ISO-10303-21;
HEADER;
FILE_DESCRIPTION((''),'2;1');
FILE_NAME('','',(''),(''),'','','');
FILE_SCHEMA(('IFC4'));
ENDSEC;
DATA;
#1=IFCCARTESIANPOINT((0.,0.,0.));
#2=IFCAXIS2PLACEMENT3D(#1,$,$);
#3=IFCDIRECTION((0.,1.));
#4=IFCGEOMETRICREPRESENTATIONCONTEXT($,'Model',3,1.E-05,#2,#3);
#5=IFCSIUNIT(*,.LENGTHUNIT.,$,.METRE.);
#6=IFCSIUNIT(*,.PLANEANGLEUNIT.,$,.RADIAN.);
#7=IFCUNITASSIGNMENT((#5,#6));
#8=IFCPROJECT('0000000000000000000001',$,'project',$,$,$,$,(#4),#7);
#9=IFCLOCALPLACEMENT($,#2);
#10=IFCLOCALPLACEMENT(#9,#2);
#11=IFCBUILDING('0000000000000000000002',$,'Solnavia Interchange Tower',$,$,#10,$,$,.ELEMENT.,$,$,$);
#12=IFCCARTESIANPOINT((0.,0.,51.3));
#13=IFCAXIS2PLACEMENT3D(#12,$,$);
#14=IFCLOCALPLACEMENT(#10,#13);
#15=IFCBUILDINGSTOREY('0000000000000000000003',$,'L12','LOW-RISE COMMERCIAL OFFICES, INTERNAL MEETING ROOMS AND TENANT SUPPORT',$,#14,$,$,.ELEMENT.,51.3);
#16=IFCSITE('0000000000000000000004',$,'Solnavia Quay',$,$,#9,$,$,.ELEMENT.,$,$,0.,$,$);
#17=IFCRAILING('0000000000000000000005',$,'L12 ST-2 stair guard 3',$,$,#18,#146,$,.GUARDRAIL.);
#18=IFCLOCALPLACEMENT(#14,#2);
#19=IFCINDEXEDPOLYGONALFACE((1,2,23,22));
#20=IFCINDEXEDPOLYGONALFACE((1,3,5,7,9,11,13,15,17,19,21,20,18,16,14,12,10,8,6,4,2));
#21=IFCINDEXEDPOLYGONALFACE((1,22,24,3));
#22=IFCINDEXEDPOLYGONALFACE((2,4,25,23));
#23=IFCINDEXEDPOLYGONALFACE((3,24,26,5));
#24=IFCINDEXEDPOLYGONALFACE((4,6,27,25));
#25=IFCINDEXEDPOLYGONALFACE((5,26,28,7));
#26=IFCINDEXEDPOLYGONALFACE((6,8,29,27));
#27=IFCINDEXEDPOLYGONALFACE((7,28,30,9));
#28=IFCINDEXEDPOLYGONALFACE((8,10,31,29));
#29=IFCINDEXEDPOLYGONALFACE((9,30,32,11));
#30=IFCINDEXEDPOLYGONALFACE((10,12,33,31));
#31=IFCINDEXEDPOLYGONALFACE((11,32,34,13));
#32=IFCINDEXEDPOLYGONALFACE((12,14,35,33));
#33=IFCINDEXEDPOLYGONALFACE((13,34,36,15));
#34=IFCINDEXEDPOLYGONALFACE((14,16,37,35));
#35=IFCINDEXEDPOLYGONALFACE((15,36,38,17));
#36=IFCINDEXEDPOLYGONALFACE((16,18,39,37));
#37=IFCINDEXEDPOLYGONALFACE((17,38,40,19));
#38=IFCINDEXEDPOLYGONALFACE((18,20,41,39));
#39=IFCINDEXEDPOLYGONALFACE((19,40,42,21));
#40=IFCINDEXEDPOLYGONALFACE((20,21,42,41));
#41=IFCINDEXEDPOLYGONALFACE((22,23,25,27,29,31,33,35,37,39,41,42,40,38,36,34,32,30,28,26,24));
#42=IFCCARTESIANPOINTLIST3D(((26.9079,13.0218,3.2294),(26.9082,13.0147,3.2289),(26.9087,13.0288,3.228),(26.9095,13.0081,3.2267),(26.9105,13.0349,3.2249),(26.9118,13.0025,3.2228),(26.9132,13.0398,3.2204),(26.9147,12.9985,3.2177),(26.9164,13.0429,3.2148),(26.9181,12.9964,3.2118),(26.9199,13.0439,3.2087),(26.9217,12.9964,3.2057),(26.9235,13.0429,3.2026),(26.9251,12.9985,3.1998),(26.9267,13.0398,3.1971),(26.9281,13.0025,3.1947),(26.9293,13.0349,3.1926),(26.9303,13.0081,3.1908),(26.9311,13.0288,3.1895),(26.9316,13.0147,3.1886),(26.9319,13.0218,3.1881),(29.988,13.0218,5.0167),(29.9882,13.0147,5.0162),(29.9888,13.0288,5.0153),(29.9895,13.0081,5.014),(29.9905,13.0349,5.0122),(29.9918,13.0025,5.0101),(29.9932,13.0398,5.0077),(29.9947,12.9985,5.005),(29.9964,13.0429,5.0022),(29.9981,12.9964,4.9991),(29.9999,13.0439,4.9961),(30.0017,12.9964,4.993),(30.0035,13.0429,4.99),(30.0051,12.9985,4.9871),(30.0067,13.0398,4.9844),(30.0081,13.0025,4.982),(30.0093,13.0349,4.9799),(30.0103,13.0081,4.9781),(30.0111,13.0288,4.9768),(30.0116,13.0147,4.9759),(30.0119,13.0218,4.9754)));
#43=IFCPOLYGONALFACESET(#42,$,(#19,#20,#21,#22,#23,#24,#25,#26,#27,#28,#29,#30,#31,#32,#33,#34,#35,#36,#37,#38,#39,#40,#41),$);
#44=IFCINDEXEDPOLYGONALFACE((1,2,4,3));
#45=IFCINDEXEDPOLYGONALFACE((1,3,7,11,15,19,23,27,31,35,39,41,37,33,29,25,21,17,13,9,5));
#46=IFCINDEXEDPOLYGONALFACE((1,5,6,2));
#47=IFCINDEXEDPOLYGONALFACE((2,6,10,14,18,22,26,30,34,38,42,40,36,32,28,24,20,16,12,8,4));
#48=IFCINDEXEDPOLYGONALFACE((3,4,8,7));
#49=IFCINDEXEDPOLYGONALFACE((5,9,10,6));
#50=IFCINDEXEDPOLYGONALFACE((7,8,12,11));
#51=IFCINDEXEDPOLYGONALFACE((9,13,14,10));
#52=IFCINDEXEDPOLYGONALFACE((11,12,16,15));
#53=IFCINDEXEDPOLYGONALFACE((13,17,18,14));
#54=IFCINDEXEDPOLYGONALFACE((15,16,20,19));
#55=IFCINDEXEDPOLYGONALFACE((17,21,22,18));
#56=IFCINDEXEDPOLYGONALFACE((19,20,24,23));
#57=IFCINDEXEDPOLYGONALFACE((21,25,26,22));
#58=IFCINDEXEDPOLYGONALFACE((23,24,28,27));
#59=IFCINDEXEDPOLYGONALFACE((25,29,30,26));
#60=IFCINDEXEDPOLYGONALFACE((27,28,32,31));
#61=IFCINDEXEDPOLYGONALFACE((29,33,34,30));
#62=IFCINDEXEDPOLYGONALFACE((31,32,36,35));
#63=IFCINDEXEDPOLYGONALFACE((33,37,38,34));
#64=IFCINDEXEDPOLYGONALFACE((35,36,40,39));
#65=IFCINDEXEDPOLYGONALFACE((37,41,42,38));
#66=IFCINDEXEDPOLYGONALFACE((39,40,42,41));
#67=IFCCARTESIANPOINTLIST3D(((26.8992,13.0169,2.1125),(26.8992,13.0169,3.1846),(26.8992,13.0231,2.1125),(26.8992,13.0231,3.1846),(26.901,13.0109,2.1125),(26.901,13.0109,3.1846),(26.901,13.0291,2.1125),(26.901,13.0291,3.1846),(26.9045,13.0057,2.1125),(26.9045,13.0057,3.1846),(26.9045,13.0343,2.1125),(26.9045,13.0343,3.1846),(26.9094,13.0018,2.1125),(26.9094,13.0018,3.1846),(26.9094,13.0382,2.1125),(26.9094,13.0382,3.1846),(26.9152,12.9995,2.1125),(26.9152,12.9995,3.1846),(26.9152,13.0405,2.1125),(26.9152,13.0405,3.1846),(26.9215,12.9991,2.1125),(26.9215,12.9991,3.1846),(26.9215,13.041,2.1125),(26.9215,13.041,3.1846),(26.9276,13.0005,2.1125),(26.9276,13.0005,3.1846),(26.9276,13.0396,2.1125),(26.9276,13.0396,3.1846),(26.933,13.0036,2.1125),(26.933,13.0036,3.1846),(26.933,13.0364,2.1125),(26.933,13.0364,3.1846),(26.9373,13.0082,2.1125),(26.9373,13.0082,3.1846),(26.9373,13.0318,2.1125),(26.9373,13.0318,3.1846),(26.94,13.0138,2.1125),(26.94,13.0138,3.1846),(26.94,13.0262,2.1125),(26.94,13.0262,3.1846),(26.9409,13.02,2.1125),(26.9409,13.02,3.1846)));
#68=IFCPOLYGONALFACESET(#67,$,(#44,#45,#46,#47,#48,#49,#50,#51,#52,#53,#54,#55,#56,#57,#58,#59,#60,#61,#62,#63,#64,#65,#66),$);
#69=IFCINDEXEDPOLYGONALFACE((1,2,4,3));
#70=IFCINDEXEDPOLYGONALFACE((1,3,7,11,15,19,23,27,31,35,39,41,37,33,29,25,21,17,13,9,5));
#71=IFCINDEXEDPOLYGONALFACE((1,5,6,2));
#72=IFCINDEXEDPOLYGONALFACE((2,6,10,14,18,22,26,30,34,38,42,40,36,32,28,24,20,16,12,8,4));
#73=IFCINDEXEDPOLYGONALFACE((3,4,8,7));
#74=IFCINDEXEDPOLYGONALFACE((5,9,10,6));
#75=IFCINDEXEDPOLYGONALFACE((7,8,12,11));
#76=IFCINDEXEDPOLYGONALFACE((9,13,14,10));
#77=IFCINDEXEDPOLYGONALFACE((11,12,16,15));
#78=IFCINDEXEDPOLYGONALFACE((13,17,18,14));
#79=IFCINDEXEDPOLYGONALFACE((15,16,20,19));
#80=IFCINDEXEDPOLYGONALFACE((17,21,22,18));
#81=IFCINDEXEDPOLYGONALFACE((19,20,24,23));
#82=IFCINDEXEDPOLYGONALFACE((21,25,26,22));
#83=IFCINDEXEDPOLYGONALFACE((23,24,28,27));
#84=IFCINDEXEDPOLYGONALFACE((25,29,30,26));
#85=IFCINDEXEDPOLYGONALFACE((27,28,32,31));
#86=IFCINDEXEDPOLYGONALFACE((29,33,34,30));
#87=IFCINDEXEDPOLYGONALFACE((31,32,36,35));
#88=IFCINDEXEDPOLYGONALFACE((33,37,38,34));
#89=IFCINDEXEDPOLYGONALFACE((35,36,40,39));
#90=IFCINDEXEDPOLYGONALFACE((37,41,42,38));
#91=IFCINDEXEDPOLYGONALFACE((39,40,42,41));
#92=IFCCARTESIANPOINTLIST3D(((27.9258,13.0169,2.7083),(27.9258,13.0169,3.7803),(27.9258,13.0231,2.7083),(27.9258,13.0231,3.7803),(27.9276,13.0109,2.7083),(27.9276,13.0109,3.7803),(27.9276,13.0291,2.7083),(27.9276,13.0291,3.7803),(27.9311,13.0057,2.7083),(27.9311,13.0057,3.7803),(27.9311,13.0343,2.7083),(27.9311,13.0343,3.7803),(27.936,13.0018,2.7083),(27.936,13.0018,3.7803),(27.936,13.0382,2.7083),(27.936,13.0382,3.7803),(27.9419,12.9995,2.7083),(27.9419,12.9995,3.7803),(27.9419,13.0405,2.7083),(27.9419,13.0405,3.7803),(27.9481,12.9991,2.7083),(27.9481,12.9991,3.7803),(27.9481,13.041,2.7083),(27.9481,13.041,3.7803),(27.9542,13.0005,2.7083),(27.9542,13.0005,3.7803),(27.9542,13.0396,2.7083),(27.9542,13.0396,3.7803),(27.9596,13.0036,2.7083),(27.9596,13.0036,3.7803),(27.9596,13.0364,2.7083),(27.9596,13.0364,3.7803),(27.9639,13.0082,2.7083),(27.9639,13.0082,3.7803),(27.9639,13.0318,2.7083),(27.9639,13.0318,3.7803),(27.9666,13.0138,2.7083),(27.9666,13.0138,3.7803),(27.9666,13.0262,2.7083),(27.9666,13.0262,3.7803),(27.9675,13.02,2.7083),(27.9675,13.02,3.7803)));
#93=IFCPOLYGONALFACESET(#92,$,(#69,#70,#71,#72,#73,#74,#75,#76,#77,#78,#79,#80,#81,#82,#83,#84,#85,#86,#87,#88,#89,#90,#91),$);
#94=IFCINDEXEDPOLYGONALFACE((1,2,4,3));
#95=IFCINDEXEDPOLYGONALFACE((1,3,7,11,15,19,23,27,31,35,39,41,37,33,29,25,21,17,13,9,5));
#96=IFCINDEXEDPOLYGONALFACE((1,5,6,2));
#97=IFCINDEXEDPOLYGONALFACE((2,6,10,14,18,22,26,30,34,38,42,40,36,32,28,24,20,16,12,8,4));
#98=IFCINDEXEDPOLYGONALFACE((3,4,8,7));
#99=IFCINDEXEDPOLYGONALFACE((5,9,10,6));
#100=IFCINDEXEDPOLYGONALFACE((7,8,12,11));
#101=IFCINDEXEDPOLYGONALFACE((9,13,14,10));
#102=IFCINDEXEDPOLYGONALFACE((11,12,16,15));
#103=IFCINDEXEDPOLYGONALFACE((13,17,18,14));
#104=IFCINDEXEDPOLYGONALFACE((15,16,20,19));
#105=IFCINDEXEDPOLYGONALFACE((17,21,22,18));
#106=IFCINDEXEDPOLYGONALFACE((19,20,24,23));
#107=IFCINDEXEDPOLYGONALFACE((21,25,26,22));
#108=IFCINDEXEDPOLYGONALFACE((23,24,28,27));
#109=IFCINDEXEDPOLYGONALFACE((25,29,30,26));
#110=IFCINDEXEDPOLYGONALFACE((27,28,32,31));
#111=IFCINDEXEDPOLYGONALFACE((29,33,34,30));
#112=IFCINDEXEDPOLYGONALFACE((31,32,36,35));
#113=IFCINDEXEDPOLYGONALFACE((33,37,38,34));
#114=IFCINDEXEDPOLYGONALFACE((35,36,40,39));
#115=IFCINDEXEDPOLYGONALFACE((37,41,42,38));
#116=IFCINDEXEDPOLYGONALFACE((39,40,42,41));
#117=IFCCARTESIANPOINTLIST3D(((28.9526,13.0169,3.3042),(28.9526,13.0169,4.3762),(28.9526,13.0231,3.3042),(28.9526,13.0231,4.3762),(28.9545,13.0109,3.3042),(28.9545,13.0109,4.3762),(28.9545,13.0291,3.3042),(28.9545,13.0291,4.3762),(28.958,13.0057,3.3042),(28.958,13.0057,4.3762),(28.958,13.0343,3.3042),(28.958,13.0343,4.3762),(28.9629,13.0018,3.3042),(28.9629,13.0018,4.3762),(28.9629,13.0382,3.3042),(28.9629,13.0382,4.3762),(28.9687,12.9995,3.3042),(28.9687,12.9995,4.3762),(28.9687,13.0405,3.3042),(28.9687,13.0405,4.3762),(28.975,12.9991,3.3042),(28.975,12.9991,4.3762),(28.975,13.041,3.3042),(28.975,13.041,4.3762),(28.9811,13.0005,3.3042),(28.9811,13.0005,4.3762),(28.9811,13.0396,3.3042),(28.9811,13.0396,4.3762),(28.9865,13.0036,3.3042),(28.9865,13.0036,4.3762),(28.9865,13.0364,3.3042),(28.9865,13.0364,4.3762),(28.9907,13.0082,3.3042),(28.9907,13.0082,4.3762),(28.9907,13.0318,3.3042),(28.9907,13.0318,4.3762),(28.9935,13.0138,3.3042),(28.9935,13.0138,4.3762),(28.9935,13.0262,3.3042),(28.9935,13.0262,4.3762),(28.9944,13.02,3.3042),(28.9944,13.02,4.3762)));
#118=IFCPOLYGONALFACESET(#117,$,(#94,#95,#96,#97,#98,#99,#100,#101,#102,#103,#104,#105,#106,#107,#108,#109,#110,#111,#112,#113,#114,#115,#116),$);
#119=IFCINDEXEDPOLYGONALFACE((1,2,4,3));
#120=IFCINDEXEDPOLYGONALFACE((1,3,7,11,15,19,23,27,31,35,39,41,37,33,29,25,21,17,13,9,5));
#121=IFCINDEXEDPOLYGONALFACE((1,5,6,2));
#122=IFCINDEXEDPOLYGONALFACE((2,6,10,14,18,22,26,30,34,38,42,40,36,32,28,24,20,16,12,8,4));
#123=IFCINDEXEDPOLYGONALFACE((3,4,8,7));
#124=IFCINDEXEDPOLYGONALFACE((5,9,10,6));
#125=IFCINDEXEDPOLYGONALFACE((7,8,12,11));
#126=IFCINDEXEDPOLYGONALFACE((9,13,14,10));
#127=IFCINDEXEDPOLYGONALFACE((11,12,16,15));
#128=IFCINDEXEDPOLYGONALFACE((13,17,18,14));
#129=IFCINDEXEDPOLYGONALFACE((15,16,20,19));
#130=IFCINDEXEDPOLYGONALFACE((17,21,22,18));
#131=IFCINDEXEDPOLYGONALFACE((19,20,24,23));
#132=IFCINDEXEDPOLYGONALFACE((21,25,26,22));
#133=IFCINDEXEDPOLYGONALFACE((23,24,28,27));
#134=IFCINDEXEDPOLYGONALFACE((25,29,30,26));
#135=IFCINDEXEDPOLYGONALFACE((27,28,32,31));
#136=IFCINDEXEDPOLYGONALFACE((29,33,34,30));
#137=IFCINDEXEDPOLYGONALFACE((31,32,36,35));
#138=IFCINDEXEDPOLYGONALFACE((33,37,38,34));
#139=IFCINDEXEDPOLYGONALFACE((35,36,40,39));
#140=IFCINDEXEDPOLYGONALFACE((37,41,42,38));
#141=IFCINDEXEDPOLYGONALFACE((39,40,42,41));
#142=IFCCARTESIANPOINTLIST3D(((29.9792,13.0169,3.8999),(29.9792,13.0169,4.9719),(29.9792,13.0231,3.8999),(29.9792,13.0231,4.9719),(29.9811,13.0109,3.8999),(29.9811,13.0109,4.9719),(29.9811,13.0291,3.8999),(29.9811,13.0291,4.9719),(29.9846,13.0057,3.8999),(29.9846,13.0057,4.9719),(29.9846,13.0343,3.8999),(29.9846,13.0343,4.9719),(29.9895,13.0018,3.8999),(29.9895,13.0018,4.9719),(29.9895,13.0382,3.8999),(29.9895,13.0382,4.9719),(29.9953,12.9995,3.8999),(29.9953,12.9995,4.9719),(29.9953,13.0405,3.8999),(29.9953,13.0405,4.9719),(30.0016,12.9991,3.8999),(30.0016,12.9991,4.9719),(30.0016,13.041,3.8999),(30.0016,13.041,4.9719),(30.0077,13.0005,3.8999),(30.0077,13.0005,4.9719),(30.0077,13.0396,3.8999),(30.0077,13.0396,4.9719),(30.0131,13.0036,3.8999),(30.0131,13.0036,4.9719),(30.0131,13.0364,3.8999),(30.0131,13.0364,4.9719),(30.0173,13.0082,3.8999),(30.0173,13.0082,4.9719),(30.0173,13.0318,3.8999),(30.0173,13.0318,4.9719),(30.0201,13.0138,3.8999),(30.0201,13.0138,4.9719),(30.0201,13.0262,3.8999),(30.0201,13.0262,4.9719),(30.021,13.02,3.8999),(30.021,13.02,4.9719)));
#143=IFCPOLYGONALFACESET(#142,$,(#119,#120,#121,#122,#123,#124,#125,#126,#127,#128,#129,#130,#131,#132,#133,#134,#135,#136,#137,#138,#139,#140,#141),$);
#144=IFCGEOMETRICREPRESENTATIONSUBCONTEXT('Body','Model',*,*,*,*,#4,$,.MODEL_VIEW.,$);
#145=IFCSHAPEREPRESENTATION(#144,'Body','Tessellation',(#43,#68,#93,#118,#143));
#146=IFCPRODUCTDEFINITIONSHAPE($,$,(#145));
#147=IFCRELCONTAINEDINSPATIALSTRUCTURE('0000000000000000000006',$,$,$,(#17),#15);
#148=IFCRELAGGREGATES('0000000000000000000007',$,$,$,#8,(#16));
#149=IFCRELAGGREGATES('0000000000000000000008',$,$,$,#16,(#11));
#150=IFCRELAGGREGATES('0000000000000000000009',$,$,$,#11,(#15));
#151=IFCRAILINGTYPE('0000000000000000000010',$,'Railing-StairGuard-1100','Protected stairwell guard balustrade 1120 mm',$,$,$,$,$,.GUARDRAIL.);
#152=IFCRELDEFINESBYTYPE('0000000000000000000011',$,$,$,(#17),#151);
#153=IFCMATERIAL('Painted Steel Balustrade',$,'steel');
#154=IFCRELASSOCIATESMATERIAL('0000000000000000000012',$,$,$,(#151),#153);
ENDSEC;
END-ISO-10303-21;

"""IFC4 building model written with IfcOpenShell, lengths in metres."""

from ifc_helpers import new_model, si_unit, direction, frame, origin, origin_2d, place, context, subcontext, project, spatial, circle, extrude, material, type_object, element, save


model = new_model("IFC4")

# Units and contexts
model_context = context("Model", 3, precision=1e-05, world=origin(), true_north=direction((0.0, 1.0)))
body_context = subcontext(model_context, "Body", "Model", "MODEL_VIEW")
ifc_project = project(units=[si_unit("LENGTHUNIT", "METRE"), si_unit("PLANEANGLEUNIT", "RADIAN")], contexts=[model_context])

# Site, building, storey
site_placement = place(None, origin())
site = spatial("IfcSite", under=ifc_project, at=site_placement, Name="Solnavia Quay", CompositionType="ELEMENT", RefElevation=0.0)
building_placement = place(site_placement, origin())
building = spatial("IfcBuilding", under=site, at=building_placement, Name="Solnavia Interchange Tower", CompositionType="ELEMENT")
storey_placement = place(building_placement, frame((0.0, 0.0, 51.3)))
storey = spatial("IfcBuildingStorey", under=building, at=storey_placement, Name="L12", Description="LOW-RISE COMMERCIAL OFFICES, INTERNAL MEETING ROOMS AND TENANT SUPPORT", CompositionType="ELEMENT", Elevation=51.3)

# Railing
ifc_material_1 = material(Name="Painted Steel Balustrade", Category="steel")
railing_type_1 = type_object("IfcRailingType", Name="Railing-StairGuard-1100", Description="Protected stairwell guard balustrade 1120 mm", PredefinedType="GUARDRAIL", material=ifc_material_1)
railing_1_placement = place(storey_placement, frame((26.9199, 13.02, 2.1125)))
element("IfcRailing", 1, at=railing_1_placement, inside=storey, type_object=railing_type_1, Name="L12 ST-2 stair guard 3", PredefinedType="GUARDRAIL", context=body_context, shape_type="SweptSolid", body=[
    extrude(circle(Radius=0.0239, at=origin_2d()), frame((0.0, 0.0, 1.0962), z_axis=(0.86492, 0.0, 0.501909), x_axis=(0.0, 1.0, 0.0)), (0.0, 0.0, 1.0), 3.561),
    extrude(circle(Radius=0.021, at=origin_2d()), origin(), (0.0, 0.0, 1.0), 1.072),
    extrude(circle(Radius=0.021, at=origin_2d()), frame((1.0266, 0.0, 0.5957)), (0.0, 0.0, 1.0), 1.072),
    extrude(circle(Radius=0.021, at=origin_2d()), frame((2.0535, 0.0, 1.1917)), (0.0, 0.0, 1.0), 1.072),
    extrude(circle(Radius=0.021, at=origin_2d()), frame((3.0801, 0.0, 1.7874)), (0.0, 0.0, 1.0), 1.072),
])

save(model, "model.ifc")
